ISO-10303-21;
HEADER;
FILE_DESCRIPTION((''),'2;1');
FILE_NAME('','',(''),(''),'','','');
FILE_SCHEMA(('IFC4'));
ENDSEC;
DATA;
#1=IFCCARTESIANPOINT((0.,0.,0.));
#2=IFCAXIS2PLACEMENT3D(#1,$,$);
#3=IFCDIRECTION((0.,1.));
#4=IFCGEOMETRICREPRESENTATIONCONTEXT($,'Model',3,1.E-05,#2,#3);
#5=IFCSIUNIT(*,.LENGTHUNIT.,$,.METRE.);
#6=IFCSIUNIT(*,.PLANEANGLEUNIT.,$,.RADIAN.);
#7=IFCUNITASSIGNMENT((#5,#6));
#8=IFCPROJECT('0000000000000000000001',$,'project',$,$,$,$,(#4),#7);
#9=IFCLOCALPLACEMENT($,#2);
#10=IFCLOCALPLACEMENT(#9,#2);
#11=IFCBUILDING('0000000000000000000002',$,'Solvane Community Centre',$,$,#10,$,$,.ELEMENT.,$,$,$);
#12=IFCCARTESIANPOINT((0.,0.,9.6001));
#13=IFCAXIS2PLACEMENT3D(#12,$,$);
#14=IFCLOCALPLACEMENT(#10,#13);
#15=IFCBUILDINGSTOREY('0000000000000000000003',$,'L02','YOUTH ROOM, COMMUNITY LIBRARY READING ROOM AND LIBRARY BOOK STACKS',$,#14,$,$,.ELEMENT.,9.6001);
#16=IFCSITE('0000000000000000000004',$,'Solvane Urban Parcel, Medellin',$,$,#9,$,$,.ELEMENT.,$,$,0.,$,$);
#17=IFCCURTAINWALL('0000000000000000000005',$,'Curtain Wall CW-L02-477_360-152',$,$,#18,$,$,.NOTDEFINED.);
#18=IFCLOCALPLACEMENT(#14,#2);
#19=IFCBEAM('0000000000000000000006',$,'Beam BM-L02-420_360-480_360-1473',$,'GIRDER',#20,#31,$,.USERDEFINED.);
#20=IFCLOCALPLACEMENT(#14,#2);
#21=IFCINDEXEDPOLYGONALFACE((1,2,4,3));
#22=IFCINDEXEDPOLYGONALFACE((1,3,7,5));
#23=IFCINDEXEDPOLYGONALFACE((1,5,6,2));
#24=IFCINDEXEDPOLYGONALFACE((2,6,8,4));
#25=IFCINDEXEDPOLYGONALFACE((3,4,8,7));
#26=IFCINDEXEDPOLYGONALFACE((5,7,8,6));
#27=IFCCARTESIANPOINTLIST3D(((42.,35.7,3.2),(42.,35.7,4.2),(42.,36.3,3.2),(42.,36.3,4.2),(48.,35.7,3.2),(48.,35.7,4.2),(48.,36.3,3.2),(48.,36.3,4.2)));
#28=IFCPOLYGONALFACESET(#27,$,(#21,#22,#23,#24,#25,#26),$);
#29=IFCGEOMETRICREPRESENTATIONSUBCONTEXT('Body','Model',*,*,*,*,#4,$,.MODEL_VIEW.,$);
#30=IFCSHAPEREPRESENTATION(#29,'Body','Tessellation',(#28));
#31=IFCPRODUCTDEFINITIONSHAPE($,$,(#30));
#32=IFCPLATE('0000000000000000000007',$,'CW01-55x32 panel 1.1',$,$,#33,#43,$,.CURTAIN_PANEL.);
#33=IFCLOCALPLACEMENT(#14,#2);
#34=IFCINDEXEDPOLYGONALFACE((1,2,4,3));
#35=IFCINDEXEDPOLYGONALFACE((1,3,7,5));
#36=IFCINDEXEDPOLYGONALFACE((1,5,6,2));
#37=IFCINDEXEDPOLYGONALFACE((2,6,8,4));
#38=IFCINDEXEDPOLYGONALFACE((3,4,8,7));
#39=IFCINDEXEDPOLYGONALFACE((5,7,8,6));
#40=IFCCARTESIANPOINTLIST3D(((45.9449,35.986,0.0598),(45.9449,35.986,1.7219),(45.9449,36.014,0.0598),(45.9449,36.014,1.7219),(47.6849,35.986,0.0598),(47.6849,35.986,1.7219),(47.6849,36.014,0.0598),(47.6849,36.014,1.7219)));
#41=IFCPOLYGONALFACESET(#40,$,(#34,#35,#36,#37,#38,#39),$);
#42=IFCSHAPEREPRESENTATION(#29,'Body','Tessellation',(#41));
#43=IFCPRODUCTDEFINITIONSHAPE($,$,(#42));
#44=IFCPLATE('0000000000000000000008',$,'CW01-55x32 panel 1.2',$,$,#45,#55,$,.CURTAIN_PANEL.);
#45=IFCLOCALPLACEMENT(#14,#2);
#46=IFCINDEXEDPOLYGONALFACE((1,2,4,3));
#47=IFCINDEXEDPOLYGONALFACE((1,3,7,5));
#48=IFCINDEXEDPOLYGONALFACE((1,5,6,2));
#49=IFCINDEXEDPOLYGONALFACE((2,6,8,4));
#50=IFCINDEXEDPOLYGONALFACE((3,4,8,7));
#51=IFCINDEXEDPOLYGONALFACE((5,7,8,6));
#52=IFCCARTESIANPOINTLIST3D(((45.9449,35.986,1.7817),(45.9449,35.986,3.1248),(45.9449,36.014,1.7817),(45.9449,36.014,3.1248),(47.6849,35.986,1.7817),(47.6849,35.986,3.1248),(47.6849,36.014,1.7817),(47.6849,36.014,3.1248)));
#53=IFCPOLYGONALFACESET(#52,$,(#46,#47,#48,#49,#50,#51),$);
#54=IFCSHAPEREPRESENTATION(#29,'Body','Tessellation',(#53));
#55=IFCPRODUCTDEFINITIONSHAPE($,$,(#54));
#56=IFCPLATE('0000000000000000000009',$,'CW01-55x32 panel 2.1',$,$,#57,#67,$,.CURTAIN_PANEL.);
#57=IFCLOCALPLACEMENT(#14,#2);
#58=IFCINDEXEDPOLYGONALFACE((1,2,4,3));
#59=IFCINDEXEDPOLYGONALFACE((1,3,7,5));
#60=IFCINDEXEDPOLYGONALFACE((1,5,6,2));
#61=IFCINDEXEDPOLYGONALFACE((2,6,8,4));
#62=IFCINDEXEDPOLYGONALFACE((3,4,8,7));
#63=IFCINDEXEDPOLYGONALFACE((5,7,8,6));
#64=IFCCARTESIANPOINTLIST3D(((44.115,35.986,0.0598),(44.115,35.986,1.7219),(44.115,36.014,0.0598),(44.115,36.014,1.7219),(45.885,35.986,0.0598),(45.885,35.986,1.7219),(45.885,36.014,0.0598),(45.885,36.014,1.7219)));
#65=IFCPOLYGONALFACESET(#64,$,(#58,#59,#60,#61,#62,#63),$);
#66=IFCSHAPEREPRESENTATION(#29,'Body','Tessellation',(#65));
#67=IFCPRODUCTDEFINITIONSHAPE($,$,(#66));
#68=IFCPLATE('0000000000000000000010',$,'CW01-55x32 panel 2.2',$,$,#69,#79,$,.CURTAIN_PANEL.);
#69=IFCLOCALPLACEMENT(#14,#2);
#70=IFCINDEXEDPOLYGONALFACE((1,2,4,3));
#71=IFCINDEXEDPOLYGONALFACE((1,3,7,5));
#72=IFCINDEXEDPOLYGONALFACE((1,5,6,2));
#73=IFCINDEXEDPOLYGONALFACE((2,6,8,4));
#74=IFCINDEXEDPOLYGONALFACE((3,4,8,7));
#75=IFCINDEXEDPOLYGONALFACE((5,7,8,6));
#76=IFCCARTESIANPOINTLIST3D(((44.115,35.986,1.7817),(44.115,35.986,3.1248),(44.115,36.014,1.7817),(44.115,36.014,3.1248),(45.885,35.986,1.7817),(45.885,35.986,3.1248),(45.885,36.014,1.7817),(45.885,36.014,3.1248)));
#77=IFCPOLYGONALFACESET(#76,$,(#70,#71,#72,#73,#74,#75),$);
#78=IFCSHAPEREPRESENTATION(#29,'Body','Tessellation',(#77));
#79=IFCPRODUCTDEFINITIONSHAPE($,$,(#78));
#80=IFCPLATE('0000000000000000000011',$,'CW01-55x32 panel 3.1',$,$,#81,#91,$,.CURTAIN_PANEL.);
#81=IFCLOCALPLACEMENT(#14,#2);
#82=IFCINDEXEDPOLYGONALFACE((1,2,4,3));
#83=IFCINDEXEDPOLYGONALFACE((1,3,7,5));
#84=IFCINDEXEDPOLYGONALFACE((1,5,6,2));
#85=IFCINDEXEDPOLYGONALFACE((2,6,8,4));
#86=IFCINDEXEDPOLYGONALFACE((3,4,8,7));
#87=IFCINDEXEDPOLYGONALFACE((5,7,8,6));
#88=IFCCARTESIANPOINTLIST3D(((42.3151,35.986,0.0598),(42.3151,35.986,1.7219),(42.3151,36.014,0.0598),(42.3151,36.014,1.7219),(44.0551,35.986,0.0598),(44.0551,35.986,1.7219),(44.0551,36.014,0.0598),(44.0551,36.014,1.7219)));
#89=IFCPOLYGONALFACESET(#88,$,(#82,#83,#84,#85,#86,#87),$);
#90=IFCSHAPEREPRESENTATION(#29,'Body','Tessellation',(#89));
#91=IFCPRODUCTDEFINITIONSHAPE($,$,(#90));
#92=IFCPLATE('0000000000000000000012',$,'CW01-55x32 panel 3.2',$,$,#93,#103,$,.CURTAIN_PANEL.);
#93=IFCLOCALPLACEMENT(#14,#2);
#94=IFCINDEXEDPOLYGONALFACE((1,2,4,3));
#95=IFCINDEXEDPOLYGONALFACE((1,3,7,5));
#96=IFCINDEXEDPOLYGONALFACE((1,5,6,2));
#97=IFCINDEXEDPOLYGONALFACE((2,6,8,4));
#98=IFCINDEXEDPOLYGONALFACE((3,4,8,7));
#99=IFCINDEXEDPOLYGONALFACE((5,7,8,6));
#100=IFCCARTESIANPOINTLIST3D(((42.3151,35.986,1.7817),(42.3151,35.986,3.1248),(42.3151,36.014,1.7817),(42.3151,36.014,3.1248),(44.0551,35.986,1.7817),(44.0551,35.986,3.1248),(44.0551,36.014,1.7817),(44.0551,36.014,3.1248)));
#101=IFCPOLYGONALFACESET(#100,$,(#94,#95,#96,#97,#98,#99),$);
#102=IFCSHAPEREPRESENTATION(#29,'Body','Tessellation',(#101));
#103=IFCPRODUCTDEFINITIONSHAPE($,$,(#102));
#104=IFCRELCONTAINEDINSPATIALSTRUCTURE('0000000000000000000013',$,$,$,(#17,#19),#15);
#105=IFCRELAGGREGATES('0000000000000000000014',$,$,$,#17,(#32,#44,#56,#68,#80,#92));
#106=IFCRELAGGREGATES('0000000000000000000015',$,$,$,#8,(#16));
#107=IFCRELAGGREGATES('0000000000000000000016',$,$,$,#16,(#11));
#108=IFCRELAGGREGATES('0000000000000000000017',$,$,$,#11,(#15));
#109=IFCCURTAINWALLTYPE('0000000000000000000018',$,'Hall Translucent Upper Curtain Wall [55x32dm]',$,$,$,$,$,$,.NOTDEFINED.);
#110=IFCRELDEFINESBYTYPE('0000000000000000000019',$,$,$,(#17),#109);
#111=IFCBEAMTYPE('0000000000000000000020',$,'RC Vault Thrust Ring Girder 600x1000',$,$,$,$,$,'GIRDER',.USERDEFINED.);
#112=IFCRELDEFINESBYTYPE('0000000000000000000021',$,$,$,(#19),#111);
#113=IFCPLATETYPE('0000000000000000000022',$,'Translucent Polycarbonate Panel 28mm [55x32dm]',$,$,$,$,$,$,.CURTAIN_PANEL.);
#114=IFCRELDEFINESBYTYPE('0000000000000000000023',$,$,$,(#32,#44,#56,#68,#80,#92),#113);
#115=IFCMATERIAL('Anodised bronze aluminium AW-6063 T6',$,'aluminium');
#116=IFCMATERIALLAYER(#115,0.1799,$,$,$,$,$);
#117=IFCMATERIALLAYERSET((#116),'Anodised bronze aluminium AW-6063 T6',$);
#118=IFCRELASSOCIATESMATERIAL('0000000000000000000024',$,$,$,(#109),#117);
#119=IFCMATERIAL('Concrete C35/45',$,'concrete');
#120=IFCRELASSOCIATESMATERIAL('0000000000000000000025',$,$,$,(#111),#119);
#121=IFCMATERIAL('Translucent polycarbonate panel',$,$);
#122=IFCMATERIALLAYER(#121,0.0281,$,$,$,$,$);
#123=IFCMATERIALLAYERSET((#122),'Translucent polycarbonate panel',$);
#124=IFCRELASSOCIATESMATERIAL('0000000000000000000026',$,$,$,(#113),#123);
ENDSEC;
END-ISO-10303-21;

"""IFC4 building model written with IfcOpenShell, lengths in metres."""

from ifc_helpers import new_model, si_unit, direction, frame, origin, origin_2d, place, context, subcontext, project, spatial, rectangle, extrude, material, layer, layer_set, material_profile, profile_set, type_object, element, aggregate, save


model = new_model("IFC4")

# Units and contexts
model_context = context("Model", 3, precision=1e-05, world=origin(), true_north=direction((0.0, 1.0)))
body_context = subcontext(model_context, "Body", "Model", "MODEL_VIEW")
ifc_project = project(units=[si_unit("LENGTHUNIT", "METRE"), si_unit("PLANEANGLEUNIT", "RADIAN")], contexts=[model_context])

# Site, building, storey
site_placement = place(None, origin())
site = spatial("IfcSite", under=ifc_project, at=site_placement, Name="Solvane Urban Parcel, Medellin", CompositionType="ELEMENT", RefElevation=0.0)
building_placement = place(site_placement, origin())
building = spatial("IfcBuilding", under=site, at=building_placement, Name="Solvane Community Centre", CompositionType="ELEMENT")
storey_placement = place(building_placement, frame((0.0, 0.0, 9.6001)))
storey = spatial("IfcBuildingStorey", under=building, at=storey_placement, Name="L02", Description="YOUTH ROOM, COMMUNITY LIBRARY READING ROOM AND LIBRARY BOOK STACKS", CompositionType="ELEMENT", Elevation=9.6001)

# Curtain wall
ifc_material_1 = material(Name="Anodised bronze aluminium AW-6063 T6", Category="aluminium")
ifc_layer_1 = layer(ifc_material_1, 0.1799)
ifc_layer_set_1 = layer_set([ifc_layer_1], Name="Anodised bronze aluminium AW-6063 T6")
curtain_wall_type = type_object("IfcCurtainWallType", Name="Hall Translucent Upper Curtain Wall [55x32dm]", PredefinedType="NOTDEFINED", material=ifc_layer_set_1)
curtain_wall_placement = place(storey_placement, origin())
curtain_wall = element("IfcCurtainWall", 1, at=curtain_wall_placement, inside=storey, type_object=curtain_wall_type, Name="Curtain Wall CW-L02-477_360-152", PredefinedType="NOTDEFINED")

# Beam
ifc_material_2 = material(Name="Concrete C35/45", Category="concrete")
ifc_material_profile_1 = material_profile(ifc_material_2, rectangle(XDim=0.6001, YDim=1.0, at=origin_2d()), Name="RC 600x1000")
ifc_profile_set_1 = profile_set([ifc_material_profile_1], Name="Concrete C35/45")
beam_type = type_object("IfcBeamType", Name="RC Vault Thrust Ring Girder 600x1000", ElementType="GIRDER", PredefinedType="USERDEFINED", material=ifc_profile_set_1)
beam_placement = place(storey_placement, frame((42.0, 36.0, 3.7), z_axis=(1.0, 0.0, 0.0), x_axis=(0.0, 1.0, 0.0)))
element("IfcBeam", 2, at=beam_placement, inside=storey, type_object=beam_type, Name="Beam BM-L02-420_360-480_360-1473", ObjectType="GIRDER", PredefinedType="USERDEFINED", context=body_context, shape_type="SweptSolid", body=[
    extrude(rectangle(XDim=0.6001, YDim=1.0, at=origin_2d()), origin(), (0.0, 0.0, 1.0), 6.0),
])

# Plates
ifc_material_3 = material(Name="Translucent polycarbonate panel")
ifc_layer_2 = layer(ifc_material_3, 0.0281)
ifc_layer_set_2 = layer_set([ifc_layer_2], Name="Translucent polycarbonate panel")
plate_type = type_object("IfcPlateType", Name="Translucent Polycarbonate Panel 28mm [55x32dm]", PredefinedType="CURTAIN_PANEL", material=ifc_layer_set_2)
plate_1_placement = place(storey_placement, frame((46.8149, 36.0, 0.0598), z_axis=(0.0, 0.0, 1.0), x_axis=(-1.0, 0.0, 0.0)))
plate_1 = element("IfcPlate", 3, at=plate_1_placement, type_object=plate_type, Name="CW01-55x32 panel 1.1", PredefinedType="CURTAIN_PANEL", context=body_context, shape_type="SweptSolid", body=[
    extrude(rectangle(XDim=1.74, YDim=0.0281, at=origin_2d()), origin(), (0.0, 0.0, 1.0), 1.6621),
])
plate_2_placement = place(storey_placement, frame((46.8149, 36.0, 1.7817), z_axis=(0.0, 0.0, 1.0), x_axis=(-1.0, 0.0, 0.0)))
plate_2 = element("IfcPlate", 4, at=plate_2_placement, type_object=plate_type, Name="CW01-55x32 panel 1.2", PredefinedType="CURTAIN_PANEL", context=body_context, shape_type="SweptSolid", body=[
    extrude(rectangle(XDim=1.74, YDim=0.0281, at=origin_2d()), origin(), (0.0, 0.0, 1.0), 1.343),
])
plate_3_placement = place(storey_placement, frame((45.0, 36.0, 0.0598), z_axis=(0.0, 0.0, 1.0), x_axis=(-1.0, 0.0, 0.0)))
plate_3 = element("IfcPlate", 5, at=plate_3_placement, type_object=plate_type, Name="CW01-55x32 panel 2.1", PredefinedType="CURTAIN_PANEL", context=body_context, shape_type="SweptSolid", body=[
    extrude(rectangle(XDim=1.77, YDim=0.0281, at=origin_2d()), origin(), (0.0, 0.0, 1.0), 1.6621),
])
plate_4_placement = place(storey_placement, frame((45.0, 36.0, 1.7817), z_axis=(0.0, 0.0, 1.0), x_axis=(-1.0, 0.0, 0.0)))
plate_4 = element("IfcPlate", 6, at=plate_4_placement, type_object=plate_type, Name="CW01-55x32 panel 2.2", PredefinedType="CURTAIN_PANEL", context=body_context, shape_type="SweptSolid", body=[
    extrude(rectangle(XDim=1.77, YDim=0.0281, at=origin_2d()), origin(), (0.0, 0.0, 1.0), 1.343),
])
plate_5_placement = place(storey_placement, frame((43.1851, 36.0, 0.0598), z_axis=(0.0, 0.0, 1.0), x_axis=(-1.0, 0.0, 0.0)))
plate_5 = element("IfcPlate", 7, at=plate_5_placement, type_object=plate_type, Name="CW01-55x32 panel 3.1", PredefinedType="CURTAIN_PANEL", context=body_context, shape_type="SweptSolid", body=[
    extrude(rectangle(XDim=1.74, YDim=0.0281, at=origin_2d()), origin(), (0.0, 0.0, 1.0), 1.6621),
])
plate_6_placement = place(storey_placement, frame((43.1851, 36.0, 1.7817), z_axis=(0.0, 0.0, 1.0), x_axis=(-1.0, 0.0, 0.0)))
plate_6 = element("IfcPlate", 8, at=plate_6_placement, type_object=plate_type, Name="CW01-55x32 panel 3.2", PredefinedType="CURTAIN_PANEL", context=body_context, shape_type="SweptSolid", body=[
    extrude(rectangle(XDim=1.74, YDim=0.0281, at=origin_2d()), origin(), (0.0, 0.0, 1.0), 1.343),
])
aggregate(curtain_wall, [plate_1, plate_2, plate_3, plate_4, plate_5, plate_6])

save(model, "model.ifc")
